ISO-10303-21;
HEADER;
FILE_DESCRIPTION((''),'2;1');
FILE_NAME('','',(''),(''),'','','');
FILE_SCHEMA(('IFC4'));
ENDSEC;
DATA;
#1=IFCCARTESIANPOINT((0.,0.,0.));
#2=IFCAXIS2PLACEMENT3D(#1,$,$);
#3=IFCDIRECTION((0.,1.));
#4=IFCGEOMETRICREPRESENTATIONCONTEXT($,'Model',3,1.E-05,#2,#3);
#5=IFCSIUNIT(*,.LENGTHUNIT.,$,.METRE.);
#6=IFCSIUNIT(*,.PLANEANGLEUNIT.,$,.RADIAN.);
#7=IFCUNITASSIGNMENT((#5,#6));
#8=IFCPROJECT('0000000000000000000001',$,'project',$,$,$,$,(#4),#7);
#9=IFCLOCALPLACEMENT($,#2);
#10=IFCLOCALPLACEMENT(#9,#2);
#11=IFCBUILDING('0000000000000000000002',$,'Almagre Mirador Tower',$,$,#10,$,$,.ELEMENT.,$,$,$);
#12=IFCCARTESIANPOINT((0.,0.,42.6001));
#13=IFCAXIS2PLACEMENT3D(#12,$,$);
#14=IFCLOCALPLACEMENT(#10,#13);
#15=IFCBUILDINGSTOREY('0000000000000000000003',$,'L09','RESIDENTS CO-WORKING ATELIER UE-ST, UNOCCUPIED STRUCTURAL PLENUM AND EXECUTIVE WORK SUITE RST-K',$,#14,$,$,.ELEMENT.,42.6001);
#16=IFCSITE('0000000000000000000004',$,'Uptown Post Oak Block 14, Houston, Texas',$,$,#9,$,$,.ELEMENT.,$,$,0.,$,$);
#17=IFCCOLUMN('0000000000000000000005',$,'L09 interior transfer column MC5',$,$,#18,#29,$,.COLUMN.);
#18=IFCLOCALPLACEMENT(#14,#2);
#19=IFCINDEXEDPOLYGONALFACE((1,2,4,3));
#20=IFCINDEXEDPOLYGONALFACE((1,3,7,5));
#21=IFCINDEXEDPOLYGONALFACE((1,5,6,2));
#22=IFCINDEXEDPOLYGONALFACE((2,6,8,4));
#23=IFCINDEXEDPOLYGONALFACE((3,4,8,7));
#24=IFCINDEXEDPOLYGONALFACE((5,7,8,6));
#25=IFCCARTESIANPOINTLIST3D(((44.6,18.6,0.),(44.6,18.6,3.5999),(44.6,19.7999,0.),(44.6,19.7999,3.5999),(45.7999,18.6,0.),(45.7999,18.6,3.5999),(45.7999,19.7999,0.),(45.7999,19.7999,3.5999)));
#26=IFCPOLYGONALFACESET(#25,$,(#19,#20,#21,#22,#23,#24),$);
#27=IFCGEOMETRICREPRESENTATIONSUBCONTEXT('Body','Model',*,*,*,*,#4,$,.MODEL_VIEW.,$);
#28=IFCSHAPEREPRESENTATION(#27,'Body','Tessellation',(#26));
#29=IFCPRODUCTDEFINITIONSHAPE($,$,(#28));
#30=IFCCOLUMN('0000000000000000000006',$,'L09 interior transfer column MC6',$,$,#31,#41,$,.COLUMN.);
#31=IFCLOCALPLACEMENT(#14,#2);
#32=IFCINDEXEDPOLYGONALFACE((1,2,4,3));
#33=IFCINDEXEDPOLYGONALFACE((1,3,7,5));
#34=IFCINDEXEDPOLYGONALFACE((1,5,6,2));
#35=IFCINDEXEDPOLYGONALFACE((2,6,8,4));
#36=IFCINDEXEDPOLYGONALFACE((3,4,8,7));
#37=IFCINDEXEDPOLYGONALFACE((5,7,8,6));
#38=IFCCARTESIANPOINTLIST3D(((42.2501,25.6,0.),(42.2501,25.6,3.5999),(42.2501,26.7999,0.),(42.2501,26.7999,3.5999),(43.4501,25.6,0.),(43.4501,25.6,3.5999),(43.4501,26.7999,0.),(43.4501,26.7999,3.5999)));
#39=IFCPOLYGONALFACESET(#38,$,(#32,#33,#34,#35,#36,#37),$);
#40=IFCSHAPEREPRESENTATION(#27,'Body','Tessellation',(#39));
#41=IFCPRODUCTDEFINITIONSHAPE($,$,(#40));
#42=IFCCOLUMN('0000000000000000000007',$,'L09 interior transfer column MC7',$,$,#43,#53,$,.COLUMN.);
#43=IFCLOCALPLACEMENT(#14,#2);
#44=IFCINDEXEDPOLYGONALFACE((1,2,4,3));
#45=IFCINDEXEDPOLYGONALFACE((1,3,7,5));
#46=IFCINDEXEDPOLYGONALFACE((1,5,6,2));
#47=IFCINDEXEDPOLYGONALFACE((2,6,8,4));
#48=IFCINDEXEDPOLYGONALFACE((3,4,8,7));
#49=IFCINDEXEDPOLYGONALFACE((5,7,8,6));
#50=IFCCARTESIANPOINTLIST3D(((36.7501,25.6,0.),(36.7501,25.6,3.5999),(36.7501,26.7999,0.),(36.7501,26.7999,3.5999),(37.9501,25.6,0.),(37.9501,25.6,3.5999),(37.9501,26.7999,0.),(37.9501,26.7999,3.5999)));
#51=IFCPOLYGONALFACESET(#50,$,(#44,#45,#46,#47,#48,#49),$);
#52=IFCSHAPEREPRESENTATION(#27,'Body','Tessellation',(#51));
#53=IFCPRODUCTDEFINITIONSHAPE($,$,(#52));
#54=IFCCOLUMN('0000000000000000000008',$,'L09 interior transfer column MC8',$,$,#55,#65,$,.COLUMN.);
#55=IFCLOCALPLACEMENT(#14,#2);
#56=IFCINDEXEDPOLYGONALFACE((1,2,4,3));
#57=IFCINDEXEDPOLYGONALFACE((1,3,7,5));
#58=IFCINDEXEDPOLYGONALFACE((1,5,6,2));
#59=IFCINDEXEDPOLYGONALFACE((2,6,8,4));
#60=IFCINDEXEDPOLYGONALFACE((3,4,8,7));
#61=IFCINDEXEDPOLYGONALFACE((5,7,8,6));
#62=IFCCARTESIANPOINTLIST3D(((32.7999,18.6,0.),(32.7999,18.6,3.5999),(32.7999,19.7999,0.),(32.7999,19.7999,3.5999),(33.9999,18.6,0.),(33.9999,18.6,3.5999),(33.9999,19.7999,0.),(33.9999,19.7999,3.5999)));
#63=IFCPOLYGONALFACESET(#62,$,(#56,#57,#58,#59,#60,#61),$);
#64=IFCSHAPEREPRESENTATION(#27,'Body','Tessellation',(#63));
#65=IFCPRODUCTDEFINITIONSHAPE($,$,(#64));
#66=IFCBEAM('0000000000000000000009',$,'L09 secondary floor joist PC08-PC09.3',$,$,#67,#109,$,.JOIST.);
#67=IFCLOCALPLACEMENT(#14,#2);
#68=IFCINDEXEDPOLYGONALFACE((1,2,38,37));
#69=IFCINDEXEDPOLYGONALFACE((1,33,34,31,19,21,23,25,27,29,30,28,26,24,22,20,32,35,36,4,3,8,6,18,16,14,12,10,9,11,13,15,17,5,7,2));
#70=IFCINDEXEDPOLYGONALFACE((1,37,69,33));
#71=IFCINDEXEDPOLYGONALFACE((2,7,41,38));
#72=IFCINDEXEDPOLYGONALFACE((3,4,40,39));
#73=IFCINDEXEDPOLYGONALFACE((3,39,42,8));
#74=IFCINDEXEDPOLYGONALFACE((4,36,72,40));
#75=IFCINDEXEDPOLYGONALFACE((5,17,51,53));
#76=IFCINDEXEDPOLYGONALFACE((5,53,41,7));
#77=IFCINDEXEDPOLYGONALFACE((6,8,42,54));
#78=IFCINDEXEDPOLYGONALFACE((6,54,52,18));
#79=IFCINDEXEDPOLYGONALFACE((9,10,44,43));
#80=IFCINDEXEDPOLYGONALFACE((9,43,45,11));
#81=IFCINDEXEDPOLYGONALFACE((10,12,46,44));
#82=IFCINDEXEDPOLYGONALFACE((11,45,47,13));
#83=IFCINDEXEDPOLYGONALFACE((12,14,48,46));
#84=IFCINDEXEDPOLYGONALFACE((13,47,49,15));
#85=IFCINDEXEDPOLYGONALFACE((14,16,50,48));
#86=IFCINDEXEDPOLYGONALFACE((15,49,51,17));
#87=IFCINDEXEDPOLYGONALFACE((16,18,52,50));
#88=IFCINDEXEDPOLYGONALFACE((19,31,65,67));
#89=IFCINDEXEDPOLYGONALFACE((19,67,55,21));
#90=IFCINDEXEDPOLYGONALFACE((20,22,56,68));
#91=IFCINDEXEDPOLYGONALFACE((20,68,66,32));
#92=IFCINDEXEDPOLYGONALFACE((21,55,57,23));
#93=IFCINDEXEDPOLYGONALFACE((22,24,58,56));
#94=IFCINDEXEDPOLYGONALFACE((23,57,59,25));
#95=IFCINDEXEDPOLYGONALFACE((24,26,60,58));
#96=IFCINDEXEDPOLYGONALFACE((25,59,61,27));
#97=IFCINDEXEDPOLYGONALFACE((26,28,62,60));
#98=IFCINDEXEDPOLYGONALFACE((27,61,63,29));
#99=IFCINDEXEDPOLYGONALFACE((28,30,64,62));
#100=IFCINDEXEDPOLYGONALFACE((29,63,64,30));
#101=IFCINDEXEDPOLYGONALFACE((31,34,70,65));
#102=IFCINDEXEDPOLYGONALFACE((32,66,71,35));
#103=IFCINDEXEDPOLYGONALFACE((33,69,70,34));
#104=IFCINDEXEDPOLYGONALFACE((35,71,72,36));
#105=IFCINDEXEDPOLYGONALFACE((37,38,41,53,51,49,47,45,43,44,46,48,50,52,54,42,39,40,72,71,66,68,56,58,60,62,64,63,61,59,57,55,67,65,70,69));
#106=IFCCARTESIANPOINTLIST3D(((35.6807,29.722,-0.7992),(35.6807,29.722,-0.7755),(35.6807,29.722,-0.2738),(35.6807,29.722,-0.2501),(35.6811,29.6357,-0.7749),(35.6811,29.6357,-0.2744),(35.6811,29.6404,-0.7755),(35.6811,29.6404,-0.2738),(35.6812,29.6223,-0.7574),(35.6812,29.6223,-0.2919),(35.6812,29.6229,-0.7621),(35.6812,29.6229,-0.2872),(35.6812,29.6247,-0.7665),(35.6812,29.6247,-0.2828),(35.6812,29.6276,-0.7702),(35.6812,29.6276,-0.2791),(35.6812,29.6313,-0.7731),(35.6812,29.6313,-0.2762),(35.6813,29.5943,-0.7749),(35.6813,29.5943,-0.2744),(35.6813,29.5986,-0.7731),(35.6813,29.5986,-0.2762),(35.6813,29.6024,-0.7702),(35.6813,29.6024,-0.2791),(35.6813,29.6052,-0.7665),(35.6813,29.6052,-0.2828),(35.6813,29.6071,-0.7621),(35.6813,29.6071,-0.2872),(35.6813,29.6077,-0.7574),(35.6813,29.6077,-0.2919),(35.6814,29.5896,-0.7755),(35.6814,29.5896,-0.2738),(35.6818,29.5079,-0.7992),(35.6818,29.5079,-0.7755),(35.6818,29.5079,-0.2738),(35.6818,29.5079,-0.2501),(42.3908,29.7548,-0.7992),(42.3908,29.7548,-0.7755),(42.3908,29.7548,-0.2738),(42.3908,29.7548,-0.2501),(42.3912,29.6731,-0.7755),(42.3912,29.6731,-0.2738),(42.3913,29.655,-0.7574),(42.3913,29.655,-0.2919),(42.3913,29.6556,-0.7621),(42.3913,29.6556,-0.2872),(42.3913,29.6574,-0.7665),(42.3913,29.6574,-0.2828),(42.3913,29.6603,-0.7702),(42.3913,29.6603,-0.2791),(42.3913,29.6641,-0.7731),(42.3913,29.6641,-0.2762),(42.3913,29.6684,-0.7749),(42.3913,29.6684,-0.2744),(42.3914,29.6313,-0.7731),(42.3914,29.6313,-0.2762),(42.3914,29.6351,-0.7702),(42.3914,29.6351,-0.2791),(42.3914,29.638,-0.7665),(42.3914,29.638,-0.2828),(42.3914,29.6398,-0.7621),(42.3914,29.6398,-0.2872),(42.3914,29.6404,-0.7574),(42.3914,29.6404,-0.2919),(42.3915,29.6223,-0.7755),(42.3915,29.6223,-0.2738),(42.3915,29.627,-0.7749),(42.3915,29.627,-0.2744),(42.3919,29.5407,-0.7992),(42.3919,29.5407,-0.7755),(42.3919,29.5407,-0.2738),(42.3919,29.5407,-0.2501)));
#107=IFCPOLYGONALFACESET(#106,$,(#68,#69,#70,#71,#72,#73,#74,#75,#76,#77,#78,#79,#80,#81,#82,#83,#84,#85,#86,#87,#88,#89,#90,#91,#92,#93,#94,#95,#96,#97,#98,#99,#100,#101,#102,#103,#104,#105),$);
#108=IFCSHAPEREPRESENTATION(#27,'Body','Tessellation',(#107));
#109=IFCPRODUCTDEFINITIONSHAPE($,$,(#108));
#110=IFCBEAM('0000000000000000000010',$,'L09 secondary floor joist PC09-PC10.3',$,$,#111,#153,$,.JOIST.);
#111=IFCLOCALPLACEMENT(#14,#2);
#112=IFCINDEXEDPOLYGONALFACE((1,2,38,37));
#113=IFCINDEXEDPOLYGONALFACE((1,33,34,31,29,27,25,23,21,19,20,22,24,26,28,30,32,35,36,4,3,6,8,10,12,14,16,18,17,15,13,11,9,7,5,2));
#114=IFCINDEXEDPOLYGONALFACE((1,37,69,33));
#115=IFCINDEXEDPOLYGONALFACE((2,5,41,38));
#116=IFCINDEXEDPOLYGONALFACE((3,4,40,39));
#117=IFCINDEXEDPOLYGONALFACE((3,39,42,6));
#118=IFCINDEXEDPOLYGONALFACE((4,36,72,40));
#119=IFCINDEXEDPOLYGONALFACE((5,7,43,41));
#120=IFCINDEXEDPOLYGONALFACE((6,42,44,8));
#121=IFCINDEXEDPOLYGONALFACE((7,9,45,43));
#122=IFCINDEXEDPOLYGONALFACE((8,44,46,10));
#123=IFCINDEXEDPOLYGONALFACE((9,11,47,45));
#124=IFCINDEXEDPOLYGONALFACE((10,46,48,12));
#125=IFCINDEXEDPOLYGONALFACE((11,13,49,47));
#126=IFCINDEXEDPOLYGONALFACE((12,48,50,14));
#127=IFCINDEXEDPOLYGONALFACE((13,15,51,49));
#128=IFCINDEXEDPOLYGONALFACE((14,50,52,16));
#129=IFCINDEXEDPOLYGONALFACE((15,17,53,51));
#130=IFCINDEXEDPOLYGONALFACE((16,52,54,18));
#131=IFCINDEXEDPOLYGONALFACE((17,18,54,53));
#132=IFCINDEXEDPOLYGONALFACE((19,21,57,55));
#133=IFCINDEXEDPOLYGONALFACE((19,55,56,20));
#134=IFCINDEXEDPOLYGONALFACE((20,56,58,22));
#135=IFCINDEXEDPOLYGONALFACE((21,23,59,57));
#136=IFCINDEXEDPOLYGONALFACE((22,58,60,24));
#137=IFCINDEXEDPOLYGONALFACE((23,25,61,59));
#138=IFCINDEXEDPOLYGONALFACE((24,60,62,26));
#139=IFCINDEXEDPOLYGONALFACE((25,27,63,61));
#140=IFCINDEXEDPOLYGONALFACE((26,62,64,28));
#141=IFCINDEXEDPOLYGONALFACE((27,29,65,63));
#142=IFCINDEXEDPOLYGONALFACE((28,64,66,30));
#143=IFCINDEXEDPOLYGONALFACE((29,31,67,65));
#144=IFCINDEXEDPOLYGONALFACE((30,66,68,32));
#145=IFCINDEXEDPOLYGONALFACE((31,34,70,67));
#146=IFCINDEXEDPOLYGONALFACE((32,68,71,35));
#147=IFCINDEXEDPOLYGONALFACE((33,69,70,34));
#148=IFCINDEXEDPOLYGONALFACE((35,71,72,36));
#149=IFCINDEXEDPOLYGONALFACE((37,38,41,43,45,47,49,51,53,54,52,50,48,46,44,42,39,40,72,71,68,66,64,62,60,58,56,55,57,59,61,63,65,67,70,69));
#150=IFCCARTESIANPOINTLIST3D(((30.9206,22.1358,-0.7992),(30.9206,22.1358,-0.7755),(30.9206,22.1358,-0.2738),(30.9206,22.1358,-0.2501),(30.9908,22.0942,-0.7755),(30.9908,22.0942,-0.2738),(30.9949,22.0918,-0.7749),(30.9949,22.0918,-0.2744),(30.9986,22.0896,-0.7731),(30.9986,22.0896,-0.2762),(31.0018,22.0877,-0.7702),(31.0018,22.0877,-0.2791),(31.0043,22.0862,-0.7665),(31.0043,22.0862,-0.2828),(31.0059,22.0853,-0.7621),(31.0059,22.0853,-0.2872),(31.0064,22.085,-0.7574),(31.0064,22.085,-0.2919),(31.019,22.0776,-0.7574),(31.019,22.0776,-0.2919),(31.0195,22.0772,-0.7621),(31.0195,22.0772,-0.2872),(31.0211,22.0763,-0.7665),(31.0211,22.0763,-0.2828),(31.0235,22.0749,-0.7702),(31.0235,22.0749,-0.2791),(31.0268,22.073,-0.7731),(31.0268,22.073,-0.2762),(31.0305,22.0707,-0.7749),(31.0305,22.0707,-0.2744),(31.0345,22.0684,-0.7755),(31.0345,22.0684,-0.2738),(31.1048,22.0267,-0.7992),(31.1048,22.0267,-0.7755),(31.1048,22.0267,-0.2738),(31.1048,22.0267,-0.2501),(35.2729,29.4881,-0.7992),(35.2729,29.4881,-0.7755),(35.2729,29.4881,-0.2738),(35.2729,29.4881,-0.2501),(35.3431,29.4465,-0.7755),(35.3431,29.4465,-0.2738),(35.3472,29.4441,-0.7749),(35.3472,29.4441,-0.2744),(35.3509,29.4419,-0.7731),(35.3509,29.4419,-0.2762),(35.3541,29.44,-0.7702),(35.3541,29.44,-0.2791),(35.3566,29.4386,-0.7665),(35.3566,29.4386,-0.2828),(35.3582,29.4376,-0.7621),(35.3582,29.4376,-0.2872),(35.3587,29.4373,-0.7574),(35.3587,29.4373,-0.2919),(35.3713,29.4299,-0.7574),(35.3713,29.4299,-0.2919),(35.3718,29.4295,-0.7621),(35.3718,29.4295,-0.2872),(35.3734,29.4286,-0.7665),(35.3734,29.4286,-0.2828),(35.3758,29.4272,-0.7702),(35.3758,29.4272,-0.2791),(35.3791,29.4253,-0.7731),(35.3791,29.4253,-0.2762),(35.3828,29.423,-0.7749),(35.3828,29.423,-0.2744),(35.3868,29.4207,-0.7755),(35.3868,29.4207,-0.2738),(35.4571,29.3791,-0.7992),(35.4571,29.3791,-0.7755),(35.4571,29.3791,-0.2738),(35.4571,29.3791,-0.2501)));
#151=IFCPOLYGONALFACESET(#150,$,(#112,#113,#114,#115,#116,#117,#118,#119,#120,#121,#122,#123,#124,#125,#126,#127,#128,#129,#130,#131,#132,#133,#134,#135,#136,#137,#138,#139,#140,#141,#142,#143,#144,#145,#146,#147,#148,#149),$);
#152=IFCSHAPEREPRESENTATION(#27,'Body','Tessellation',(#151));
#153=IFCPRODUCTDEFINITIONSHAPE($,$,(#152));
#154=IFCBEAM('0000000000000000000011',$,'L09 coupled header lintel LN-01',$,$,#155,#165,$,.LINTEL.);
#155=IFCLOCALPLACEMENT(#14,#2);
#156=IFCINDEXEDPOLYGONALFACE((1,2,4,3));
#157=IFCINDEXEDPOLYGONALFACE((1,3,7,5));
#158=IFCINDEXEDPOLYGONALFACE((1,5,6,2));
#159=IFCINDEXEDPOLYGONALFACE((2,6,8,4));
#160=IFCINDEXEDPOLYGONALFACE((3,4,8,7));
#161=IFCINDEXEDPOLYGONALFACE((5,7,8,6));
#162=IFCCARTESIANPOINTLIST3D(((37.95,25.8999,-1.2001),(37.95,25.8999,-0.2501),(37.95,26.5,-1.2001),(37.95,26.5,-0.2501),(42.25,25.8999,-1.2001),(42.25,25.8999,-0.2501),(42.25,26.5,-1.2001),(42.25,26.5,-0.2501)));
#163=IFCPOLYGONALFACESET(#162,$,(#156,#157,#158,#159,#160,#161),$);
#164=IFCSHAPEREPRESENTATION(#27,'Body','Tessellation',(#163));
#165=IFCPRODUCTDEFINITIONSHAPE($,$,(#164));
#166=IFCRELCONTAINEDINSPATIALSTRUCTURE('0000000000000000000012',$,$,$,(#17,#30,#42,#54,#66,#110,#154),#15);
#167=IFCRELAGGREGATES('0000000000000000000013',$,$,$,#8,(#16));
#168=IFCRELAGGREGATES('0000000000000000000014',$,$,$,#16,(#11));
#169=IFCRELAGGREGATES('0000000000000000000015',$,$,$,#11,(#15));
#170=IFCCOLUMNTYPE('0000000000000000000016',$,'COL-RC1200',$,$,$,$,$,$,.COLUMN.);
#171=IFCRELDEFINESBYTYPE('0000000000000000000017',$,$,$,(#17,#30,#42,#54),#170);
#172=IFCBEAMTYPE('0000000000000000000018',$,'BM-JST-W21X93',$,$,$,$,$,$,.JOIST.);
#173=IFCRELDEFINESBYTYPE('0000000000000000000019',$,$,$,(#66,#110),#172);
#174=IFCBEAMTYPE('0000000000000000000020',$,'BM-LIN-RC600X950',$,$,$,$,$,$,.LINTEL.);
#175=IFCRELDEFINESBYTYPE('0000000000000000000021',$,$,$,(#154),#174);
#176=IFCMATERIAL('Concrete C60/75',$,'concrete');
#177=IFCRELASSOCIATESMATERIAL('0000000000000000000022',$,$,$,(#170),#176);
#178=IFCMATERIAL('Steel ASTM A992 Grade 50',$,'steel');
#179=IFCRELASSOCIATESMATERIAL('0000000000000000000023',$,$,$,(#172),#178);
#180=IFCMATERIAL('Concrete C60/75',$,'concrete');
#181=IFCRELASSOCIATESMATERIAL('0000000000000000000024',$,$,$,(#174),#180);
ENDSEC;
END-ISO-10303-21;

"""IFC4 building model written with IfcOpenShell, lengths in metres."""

from ifc_helpers import new_model, si_unit, direction, frame, origin, origin_2d, place, context, subcontext, project, spatial, rectangle, i_section, extrude, material, material_profile, profile_set, type_object, element, save


model = new_model("IFC4")

# Units and contexts
model_context = context("Model", 3, precision=1e-05, world=origin(), true_north=direction((0.0, 1.0)))
body_context = subcontext(model_context, "Body", "Model", "MODEL_VIEW")
ifc_project = project(units=[si_unit("LENGTHUNIT", "METRE"), si_unit("PLANEANGLEUNIT", "RADIAN")], contexts=[model_context])

# Site, building, storey
site_placement = place(None, origin())
site = spatial("IfcSite", under=ifc_project, at=site_placement, Name="Uptown Post Oak Block 14, Houston, Texas", CompositionType="ELEMENT", RefElevation=0.0)
building_placement = place(site_placement, origin())
building = spatial("IfcBuilding", under=site, at=building_placement, Name="Almagre Mirador Tower", CompositionType="ELEMENT")
storey_placement = place(building_placement, frame((0.0, 0.0, 42.6001)))
storey = spatial("IfcBuildingStorey", under=building, at=storey_placement, Name="L09", Description="RESIDENTS CO-WORKING ATELIER UE-ST, UNOCCUPIED STRUCTURAL PLENUM AND EXECUTIVE WORK SUITE RST-K", CompositionType="ELEMENT", Elevation=42.6001)

# Columns
ifc_material_1 = material(Name="Concrete C60/75", Category="concrete")
ifc_material_profile_1 = material_profile(ifc_material_1, rectangle(XDim=1.2, YDim=1.2, at=origin_2d()), Name="RC1200X1200")
ifc_profile_set_1 = profile_set([ifc_material_profile_1], Name="Concrete C60/75")
column_type = type_object("IfcColumnType", Name="COL-RC1200", PredefinedType="COLUMN", material=ifc_profile_set_1)
for number, where, z_axis, x_axis, name in (
    (1, (45.2, 19.2, 0.0), (0.0, 0.0, 1.0), (1.0, 0.0, 0.0), "L09 interior transfer column MC5"),
    (2, (42.8501, 26.2, 0.0), (0.0, 0.0, 1.0), (1.0, 0.0, 0.0), "L09 interior transfer column MC6"),
    (3, (37.3501, 26.2, 0.0), (0.0, 0.0, 1.0), (1.0, 0.0, 0.0), "L09 interior transfer column MC7"),
    (4, (33.3999, 19.2, 0.0), (0.0, 0.0, 1.0), (1.0, 0.0, 0.0), "L09 interior transfer column MC8"),
):
    element("IfcColumn", number, at=place(storey_placement, frame(where, z_axis=z_axis, x_axis=x_axis)), inside=storey, type_object=column_type, Name=name, PredefinedType="COLUMN", context=body_context, shape_type="SweptSolid", body=[
        extrude(rectangle(XDim=1.2, YDim=1.2, at=origin_2d()), origin(), (0.0, 0.0, 1.0), 3.5999),
    ])

# Beams
ifc_material_2 = material(Name="Steel ASTM A992 Grade 50", Category="steel")
ifc_material_profile_2 = material_profile(ifc_material_2, i_section(OverallWidth=0.2141, OverallDepth=0.5491, WebThickness=0.0146, FlangeThickness=0.0237, FilletRadius=0.0181, at=origin_2d()), Name="W21X93")
ifc_profile_set_2 = profile_set([ifc_material_profile_2], Name="Steel ASTM A992 Grade 50")
beam_type_1 = type_object("IfcBeamType", Name="BM-JST-W21X93", PredefinedType="JOIST", material=ifc_profile_set_2)
beam_1_placement = place(storey_placement, frame((42.3914, 29.6477, -0.5247), z_axis=(-0.999988, -0.004875, 0.0), x_axis=(0.004875, -0.999988, 0.0)))
element("IfcBeam", 5, at=beam_1_placement, inside=storey, type_object=beam_type_1, Name="L09 secondary floor joist PC08-PC09.3", PredefinedType="JOIST", context=body_context, shape_type="SweptSolid", body=[
    extrude(i_section(OverallWidth=0.2141, OverallDepth=0.5491, WebThickness=0.0146, FlangeThickness=0.0237, FilletRadius=0.0181, at=origin_2d()), origin(), (0.0, 0.0, 1.0), 6.7102),
])
beam_2_placement = place(storey_placement, frame((35.365, 29.4336, -0.5247), z_axis=(-0.509402, -0.860529, 0.0), x_axis=(0.860529, -0.509402, 0.0)))
element("IfcBeam", 6, at=beam_2_placement, inside=storey, type_object=beam_type_1, Name="L09 secondary floor joist PC09-PC10.3", PredefinedType="JOIST", context=body_context, shape_type="SweptSolid", body=[
    extrude(i_section(OverallWidth=0.2141, OverallDepth=0.5491, WebThickness=0.0146, FlangeThickness=0.0237, FilletRadius=0.0181, at=origin_2d()), origin(), (0.0, 0.0, 1.0), 8.5439),
])
ifc_material_3 = material(Name="Concrete C60/75", Category="concrete")
ifc_material_profile_3 = material_profile(ifc_material_3, rectangle(XDim=0.6001, YDim=0.95, at=origin_2d()), Name="RC600X950")
ifc_profile_set_3 = profile_set([ifc_material_profile_3], Name="Concrete C60/75")
beam_type_2 = type_object("IfcBeamType", Name="BM-LIN-RC600X950", PredefinedType="LINTEL", material=ifc_profile_set_3)
beam_3_placement = place(storey_placement, frame((37.95, 26.2, -0.7251), z_axis=(1.0, 0.0, 0.0), x_axis=(0.0, 1.0, 0.0)))
element("IfcBeam", 7, at=beam_3_placement, inside=storey, type_object=beam_type_2, Name="L09 coupled header lintel LN-01", PredefinedType="LINTEL", context=body_context, shape_type="SweptSolid", body=[
    extrude(rectangle(XDim=0.6001, YDim=0.95, at=origin_2d()), origin(), (0.0, 0.0, 1.0), 4.3),
])

save(model, "model.ifc")
